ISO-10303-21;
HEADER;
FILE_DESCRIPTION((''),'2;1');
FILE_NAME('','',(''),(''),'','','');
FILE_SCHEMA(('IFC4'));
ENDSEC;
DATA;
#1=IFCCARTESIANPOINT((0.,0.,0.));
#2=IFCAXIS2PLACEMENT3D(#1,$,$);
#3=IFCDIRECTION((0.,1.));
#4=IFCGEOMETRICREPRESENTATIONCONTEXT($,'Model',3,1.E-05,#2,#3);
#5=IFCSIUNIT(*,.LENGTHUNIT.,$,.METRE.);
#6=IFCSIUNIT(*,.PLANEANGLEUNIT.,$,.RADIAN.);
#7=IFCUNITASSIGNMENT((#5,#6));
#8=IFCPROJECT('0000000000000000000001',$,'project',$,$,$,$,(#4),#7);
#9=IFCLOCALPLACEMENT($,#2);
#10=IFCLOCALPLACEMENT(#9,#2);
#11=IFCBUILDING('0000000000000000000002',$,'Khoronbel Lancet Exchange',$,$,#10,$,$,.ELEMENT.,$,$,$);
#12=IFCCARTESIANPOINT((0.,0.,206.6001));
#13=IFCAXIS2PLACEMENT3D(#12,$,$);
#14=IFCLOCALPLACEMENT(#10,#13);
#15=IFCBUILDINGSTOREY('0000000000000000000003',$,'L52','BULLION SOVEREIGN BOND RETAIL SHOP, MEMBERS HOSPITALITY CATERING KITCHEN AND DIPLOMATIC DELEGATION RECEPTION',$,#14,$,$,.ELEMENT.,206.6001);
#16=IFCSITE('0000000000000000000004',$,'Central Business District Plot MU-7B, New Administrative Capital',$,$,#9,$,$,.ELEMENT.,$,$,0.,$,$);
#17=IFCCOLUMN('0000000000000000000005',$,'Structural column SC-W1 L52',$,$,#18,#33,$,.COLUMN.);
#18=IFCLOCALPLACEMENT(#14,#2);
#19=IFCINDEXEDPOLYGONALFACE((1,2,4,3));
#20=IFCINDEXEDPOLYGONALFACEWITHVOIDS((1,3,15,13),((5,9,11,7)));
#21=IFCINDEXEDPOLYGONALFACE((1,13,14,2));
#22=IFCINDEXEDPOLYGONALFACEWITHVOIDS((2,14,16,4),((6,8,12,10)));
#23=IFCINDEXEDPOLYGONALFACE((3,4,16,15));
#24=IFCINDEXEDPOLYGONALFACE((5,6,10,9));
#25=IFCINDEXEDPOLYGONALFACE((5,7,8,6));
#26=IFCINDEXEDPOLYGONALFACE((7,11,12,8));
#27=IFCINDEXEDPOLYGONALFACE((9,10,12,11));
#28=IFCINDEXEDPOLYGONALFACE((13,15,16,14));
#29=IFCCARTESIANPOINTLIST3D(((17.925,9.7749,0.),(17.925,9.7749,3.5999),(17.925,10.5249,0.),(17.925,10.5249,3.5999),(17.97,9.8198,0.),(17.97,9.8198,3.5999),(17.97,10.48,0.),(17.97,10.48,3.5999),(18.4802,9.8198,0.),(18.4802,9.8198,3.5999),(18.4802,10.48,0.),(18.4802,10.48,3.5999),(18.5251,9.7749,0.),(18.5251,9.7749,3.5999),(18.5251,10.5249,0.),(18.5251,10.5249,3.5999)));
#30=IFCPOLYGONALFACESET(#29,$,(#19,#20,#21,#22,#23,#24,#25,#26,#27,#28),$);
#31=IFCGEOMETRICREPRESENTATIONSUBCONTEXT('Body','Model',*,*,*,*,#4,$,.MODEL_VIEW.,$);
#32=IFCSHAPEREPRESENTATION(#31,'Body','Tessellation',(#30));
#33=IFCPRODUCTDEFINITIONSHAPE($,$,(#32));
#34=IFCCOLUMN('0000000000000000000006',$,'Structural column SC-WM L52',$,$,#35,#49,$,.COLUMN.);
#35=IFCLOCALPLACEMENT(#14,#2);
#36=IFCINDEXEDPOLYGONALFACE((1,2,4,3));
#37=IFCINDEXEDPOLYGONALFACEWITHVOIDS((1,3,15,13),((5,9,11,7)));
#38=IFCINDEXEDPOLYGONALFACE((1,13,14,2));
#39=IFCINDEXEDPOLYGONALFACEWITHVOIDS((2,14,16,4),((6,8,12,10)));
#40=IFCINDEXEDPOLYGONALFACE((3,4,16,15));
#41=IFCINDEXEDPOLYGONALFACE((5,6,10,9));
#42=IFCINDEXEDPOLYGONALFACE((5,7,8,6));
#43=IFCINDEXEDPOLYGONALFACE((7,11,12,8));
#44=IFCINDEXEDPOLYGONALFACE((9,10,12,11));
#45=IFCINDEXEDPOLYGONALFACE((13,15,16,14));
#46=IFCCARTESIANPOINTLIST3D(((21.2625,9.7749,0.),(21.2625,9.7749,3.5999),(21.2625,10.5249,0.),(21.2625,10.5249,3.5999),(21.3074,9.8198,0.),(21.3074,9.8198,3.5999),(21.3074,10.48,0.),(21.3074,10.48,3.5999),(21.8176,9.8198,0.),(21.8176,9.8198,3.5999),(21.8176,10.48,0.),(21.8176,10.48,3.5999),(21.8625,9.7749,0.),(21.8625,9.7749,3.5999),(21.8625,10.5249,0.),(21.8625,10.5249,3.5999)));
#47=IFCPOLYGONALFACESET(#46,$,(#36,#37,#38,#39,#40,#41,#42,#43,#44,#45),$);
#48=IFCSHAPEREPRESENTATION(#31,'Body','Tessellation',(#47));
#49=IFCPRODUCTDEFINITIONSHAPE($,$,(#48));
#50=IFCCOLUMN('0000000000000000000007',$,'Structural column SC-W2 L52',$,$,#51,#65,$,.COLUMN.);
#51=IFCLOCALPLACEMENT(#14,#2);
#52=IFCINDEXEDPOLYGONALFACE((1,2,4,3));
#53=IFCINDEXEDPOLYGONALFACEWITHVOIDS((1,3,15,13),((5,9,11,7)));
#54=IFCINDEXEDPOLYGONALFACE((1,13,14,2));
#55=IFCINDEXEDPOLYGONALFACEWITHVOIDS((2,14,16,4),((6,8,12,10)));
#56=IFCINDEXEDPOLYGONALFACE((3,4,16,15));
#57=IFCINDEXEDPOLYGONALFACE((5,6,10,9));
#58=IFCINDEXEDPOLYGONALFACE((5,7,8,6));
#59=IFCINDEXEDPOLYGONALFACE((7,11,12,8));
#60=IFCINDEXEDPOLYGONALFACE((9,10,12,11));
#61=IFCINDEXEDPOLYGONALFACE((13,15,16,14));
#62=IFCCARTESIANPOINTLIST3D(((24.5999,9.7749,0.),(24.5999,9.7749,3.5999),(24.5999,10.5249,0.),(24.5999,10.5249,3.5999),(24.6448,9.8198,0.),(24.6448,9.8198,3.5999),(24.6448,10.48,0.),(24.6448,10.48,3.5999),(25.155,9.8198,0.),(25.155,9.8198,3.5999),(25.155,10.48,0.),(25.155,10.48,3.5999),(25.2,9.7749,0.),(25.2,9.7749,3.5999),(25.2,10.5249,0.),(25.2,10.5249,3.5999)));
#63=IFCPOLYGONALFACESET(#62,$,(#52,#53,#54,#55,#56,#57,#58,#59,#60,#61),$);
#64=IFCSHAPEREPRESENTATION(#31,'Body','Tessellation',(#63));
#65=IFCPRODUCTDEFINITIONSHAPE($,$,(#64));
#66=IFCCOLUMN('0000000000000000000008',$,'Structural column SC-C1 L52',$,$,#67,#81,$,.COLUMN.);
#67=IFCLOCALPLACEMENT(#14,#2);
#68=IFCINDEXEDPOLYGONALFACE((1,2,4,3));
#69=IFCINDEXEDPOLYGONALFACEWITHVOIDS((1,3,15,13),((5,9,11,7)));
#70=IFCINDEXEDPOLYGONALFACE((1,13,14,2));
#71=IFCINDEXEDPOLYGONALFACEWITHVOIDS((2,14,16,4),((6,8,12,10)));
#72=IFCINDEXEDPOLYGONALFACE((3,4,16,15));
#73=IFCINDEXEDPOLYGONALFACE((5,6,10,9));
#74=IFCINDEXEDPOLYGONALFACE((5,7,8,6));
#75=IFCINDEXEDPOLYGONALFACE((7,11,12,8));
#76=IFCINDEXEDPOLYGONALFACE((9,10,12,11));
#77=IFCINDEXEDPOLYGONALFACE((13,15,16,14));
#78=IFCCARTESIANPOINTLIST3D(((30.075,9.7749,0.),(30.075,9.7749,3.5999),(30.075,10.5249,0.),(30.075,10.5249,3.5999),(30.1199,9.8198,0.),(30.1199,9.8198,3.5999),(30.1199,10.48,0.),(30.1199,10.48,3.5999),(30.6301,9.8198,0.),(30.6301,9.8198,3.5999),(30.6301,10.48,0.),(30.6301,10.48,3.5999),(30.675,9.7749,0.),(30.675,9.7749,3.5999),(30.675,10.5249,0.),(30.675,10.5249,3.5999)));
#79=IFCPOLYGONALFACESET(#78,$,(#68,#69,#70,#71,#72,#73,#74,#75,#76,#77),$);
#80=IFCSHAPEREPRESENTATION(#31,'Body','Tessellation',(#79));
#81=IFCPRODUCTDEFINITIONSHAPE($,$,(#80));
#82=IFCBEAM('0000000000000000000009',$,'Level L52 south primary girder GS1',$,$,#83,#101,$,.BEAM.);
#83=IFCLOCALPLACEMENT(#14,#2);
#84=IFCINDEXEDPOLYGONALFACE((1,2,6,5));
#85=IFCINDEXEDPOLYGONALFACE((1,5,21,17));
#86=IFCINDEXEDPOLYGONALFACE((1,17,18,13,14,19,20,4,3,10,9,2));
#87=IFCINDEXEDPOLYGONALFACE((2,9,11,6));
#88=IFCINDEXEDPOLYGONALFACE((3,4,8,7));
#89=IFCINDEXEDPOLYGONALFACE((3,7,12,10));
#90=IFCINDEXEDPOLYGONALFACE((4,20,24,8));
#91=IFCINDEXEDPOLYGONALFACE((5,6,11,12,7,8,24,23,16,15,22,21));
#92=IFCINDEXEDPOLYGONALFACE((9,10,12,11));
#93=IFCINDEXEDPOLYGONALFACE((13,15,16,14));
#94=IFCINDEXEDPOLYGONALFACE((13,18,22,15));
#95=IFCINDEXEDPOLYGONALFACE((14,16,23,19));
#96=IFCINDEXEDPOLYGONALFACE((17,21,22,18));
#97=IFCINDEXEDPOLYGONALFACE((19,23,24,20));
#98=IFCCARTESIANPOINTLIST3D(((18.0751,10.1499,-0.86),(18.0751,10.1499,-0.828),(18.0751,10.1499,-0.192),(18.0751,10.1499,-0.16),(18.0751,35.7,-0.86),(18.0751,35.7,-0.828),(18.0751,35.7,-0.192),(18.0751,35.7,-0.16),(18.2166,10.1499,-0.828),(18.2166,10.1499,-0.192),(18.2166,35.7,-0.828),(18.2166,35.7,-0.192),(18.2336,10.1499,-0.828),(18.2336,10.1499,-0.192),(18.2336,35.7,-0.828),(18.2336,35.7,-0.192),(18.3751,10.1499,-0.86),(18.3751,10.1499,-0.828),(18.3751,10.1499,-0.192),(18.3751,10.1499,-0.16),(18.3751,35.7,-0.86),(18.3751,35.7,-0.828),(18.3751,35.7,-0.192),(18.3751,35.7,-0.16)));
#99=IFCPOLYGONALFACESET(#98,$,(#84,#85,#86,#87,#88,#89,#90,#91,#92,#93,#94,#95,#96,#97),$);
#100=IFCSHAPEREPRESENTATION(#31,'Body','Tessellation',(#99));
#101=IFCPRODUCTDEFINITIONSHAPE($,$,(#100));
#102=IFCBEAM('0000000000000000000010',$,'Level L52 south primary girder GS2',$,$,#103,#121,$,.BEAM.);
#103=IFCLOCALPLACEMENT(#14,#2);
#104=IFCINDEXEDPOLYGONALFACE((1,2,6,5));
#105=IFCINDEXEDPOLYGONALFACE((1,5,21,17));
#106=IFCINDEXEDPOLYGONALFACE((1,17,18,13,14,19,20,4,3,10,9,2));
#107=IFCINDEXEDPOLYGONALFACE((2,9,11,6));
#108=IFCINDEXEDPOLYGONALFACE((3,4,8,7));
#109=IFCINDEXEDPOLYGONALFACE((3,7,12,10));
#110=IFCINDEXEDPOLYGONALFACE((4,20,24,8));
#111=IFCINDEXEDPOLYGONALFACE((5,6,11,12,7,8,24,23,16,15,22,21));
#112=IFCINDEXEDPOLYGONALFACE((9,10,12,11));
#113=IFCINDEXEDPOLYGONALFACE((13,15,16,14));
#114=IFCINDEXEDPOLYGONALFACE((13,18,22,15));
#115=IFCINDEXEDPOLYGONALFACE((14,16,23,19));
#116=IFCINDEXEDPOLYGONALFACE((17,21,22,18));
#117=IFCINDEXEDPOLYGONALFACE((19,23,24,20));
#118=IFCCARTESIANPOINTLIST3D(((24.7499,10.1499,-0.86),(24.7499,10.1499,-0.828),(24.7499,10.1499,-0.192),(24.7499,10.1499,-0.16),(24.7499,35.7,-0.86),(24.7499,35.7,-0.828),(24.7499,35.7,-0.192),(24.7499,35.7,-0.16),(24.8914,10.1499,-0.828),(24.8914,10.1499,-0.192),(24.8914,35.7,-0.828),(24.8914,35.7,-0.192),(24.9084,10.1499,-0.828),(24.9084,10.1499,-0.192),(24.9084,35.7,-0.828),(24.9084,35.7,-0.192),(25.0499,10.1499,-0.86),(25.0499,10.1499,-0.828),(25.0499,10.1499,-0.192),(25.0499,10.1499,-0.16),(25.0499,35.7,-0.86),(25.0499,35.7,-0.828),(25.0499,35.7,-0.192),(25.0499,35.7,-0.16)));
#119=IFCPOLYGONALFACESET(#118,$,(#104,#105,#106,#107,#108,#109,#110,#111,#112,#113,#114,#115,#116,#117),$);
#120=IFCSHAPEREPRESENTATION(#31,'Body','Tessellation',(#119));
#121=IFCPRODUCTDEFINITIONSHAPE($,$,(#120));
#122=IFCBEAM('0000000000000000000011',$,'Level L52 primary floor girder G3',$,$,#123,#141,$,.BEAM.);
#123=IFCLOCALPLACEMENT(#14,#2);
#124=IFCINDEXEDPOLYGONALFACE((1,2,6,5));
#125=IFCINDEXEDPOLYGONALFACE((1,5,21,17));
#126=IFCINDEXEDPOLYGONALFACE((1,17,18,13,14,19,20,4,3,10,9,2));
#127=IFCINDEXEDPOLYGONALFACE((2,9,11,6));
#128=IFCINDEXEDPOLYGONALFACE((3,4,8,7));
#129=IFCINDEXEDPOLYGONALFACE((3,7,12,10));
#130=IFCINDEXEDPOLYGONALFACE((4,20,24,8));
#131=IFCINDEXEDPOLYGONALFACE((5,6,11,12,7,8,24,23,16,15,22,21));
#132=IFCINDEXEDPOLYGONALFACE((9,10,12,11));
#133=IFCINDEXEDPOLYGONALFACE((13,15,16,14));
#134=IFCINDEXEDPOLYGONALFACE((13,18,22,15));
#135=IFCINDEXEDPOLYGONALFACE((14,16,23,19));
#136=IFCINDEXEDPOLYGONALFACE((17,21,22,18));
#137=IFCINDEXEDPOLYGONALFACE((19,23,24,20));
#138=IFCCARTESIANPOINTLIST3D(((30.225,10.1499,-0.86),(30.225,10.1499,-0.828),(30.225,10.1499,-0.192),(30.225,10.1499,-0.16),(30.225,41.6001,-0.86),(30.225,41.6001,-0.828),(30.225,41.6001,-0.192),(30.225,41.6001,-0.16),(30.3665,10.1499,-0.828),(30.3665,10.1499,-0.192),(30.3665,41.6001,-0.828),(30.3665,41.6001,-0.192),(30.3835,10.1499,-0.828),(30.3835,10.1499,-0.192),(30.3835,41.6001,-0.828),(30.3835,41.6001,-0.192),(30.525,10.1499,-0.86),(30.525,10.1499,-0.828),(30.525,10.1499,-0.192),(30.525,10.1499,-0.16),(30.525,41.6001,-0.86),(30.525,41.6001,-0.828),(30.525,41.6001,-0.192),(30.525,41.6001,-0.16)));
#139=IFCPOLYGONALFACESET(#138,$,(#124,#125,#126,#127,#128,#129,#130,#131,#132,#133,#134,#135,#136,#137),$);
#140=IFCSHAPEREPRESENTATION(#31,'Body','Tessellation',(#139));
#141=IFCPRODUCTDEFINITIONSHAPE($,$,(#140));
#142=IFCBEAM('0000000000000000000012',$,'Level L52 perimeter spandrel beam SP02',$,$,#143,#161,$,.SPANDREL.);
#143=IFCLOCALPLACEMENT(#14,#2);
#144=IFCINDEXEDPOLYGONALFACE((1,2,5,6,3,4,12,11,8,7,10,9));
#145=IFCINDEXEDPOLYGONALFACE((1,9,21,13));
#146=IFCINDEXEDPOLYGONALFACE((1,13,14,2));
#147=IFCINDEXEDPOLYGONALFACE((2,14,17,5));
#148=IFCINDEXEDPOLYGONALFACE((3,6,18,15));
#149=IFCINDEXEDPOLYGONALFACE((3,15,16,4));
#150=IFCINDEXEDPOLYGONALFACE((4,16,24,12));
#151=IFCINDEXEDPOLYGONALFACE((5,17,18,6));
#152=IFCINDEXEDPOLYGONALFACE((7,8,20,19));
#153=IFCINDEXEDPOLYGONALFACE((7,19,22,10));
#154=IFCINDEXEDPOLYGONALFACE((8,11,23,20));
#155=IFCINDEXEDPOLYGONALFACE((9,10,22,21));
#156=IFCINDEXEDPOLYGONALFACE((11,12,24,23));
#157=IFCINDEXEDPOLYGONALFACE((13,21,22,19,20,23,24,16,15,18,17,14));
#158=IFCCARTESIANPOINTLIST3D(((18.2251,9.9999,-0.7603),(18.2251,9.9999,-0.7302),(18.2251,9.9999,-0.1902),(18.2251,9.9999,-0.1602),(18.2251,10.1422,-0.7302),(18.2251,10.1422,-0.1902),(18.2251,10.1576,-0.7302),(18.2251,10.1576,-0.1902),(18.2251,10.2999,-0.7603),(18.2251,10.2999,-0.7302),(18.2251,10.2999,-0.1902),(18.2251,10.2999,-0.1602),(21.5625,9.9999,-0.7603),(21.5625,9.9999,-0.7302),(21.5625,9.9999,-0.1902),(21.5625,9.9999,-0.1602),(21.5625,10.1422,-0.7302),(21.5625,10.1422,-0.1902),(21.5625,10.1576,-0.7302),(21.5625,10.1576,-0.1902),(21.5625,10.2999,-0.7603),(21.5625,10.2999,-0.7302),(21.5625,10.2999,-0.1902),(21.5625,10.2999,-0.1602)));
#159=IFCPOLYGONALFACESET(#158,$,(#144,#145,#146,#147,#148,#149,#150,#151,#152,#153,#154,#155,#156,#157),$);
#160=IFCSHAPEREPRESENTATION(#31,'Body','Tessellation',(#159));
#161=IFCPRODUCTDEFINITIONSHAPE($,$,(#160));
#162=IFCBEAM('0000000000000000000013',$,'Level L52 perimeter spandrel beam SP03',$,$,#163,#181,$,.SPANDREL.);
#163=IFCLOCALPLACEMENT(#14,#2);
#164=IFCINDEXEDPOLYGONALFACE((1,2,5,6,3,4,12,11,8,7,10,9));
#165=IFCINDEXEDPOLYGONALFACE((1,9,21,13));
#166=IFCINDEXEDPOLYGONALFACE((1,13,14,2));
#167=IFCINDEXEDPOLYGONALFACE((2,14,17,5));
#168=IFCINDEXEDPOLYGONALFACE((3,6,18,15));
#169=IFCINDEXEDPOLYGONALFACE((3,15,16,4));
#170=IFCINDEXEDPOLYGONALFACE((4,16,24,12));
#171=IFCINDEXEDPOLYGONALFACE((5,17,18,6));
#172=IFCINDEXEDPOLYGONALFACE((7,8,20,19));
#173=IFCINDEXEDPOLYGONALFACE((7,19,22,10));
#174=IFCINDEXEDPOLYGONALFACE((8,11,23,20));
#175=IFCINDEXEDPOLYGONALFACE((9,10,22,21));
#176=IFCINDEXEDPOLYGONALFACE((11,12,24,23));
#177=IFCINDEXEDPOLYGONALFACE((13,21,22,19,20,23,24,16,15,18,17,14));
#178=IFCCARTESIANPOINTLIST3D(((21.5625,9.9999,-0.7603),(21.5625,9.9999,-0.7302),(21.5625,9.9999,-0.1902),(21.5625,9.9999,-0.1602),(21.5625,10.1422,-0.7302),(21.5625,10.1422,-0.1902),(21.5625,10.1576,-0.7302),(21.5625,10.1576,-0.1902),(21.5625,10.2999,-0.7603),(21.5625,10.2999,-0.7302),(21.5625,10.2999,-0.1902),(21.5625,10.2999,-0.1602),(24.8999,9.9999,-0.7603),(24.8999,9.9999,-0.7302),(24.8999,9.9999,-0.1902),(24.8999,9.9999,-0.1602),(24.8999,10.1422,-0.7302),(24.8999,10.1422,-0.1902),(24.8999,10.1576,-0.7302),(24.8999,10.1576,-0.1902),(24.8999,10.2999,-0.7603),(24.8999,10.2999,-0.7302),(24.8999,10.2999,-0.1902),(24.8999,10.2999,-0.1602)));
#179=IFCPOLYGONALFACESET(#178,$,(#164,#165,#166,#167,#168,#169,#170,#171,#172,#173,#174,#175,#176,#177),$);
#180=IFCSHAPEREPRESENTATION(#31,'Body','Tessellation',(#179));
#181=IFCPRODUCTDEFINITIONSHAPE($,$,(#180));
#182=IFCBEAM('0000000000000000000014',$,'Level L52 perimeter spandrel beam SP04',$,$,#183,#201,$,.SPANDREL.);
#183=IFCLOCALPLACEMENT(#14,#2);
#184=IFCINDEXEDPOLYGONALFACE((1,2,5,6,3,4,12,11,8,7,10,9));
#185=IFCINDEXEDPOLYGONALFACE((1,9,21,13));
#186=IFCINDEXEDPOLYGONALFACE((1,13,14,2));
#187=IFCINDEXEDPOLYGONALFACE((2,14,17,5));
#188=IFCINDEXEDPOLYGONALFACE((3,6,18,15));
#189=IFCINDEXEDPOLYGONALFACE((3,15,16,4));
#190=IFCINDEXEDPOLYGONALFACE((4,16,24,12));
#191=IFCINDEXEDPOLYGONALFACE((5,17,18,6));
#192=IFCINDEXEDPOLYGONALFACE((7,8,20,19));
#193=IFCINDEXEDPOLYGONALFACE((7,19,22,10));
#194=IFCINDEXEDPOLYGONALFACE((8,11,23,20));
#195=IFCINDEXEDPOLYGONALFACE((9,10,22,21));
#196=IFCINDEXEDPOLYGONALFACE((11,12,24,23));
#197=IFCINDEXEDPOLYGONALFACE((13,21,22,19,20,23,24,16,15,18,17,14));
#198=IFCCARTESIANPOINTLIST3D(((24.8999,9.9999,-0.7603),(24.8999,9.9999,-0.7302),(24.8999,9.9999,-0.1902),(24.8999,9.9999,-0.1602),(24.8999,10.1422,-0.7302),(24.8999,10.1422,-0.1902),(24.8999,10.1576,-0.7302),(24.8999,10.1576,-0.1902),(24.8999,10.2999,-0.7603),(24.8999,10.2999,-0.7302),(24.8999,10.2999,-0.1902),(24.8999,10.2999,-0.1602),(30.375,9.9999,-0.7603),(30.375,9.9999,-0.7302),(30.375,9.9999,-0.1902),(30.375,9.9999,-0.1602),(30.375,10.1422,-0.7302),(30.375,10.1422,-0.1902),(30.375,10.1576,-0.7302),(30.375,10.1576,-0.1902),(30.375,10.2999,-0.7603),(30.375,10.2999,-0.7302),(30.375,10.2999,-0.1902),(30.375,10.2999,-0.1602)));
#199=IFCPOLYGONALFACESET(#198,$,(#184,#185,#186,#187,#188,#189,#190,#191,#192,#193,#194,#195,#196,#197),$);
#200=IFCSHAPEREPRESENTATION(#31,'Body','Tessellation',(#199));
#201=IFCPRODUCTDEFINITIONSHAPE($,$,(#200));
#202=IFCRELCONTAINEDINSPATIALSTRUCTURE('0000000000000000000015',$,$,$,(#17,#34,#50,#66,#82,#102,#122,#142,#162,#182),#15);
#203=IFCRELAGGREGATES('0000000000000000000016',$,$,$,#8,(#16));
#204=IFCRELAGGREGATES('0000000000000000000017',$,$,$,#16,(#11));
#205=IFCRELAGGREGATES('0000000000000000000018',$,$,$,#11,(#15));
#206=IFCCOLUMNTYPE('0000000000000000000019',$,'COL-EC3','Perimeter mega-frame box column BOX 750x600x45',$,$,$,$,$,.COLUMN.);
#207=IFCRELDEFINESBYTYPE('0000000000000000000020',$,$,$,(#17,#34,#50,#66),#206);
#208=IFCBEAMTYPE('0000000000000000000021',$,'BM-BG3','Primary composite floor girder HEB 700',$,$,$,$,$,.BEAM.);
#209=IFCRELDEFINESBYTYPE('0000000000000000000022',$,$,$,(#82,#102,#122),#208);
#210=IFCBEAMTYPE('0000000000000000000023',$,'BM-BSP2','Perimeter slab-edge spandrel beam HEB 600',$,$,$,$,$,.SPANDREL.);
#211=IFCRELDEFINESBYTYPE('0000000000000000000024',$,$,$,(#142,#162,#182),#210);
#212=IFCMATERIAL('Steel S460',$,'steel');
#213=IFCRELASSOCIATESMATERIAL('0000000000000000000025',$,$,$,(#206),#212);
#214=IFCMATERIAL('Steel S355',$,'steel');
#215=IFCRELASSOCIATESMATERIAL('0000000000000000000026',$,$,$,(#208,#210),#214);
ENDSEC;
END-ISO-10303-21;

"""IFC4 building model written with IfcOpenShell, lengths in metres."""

from ifc_helpers import new_model, si_unit, direction, frame, origin, origin_2d, place, context, subcontext, project, spatial, hollow_rectangle, i_section, extrude, material, material_profile, profile_set, type_object, element, save


model = new_model("IFC4")

# Units and contexts
model_context = context("Model", 3, precision=1e-05, world=origin(), true_north=direction((0.0, 1.0)))
body_context = subcontext(model_context, "Body", "Model", "MODEL_VIEW")
ifc_project = project(units=[si_unit("LENGTHUNIT", "METRE"), si_unit("PLANEANGLEUNIT", "RADIAN")], contexts=[model_context])

# Site, building, storey
site_placement = place(None, origin())
site = spatial("IfcSite", under=ifc_project, at=site_placement, Name="Central Business District Plot MU-7B, New Administrative Capital", CompositionType="ELEMENT", RefElevation=0.0)
building_placement = place(site_placement, origin())
building = spatial("IfcBuilding", under=site, at=building_placement, Name="Khoronbel Lancet Exchange", CompositionType="ELEMENT")
storey_placement = place(building_placement, frame((0.0, 0.0, 206.6001)))
storey = spatial("IfcBuildingStorey", under=building, at=storey_placement, Name="L52", Description="BULLION SOVEREIGN BOND RETAIL SHOP, MEMBERS HOSPITALITY CATERING KITCHEN AND DIPLOMATIC DELEGATION RECEPTION", CompositionType="ELEMENT", Elevation=206.6001)

# Columns
ifc_material_1 = material(Name="Steel S460", Category="steel")
ifc_material_profile_1 = material_profile(ifc_material_1, hollow_rectangle(XDim=0.6001, YDim=0.75, WallThickness=0.0449, at=origin_2d()), Name="BOX 750x600x45")
ifc_profile_set_1 = profile_set([ifc_material_profile_1], Name="Steel S460")
column_type = type_object("IfcColumnType", Name="COL-EC3", Description="Perimeter mega-frame box column BOX 750x600x45", PredefinedType="COLUMN", material=ifc_profile_set_1)
for number, where, z_axis, x_axis, name in (
    (1, (18.2251, 10.1499, 0.0), (0.0, 0.0, 1.0), (1.0, 0.0, 0.0), "Structural column SC-W1 L52"),
    (2, (21.5625, 10.1499, 0.0), (0.0, 0.0, 1.0), (1.0, 0.0, 0.0), "Structural column SC-WM L52"),
    (3, (24.8999, 10.1499, 0.0), (0.0, 0.0, 1.0), (1.0, 0.0, 0.0), "Structural column SC-W2 L52"),
    (4, (30.375, 10.1499, 0.0), (0.0, 0.0, 1.0), (1.0, 0.0, 0.0), "Structural column SC-C1 L52"),
):
    element("IfcColumn", number, at=place(storey_placement, frame(where, z_axis=z_axis, x_axis=x_axis)), inside=storey, type_object=column_type, Name=name, PredefinedType="COLUMN", context=body_context, shape_type="SweptSolid", body=[
        extrude(hollow_rectangle(XDim=0.6001, YDim=0.75, WallThickness=0.0449, at=origin_2d()), origin(), (0.0, 0.0, 1.0), 3.5999),
    ])

# Beams
ifc_material_2 = material(Name="Steel S355", Category="steel")
ifc_material_profile_2 = material_profile(ifc_material_2, i_section(OverallWidth=0.3, OverallDepth=0.7, WebThickness=0.0171, FlangeThickness=0.032, at=origin_2d()), Name="HEB 700")
ifc_profile_set_2 = profile_set([ifc_material_profile_2], Name="Steel S355")
beam_type_1 = type_object("IfcBeamType", Name="BM-BG3", Description="Primary composite floor girder HEB 700", PredefinedType="BEAM", material=ifc_profile_set_2)
for number, where, z_axis, x_axis, name in (
    (5, (18.2251, 10.1499, -0.51), (0.0, 1.0, 0.0), (-1.0, 0.0, 0.0), "Level L52 south primary girder GS1"),
    (6, (24.8999, 10.1499, -0.51), (0.0, 1.0, 0.0), (-1.0, 0.0, 0.0), "Level L52 south primary girder GS2"),
):
    element("IfcBeam", number, at=place(storey_placement, frame(where, z_axis=z_axis, x_axis=x_axis)), inside=storey, type_object=beam_type_1, Name=name, PredefinedType="BEAM", context=body_context, shape_type="SweptSolid", body=[
        extrude(i_section(OverallWidth=0.3, OverallDepth=0.7, WebThickness=0.0171, FlangeThickness=0.032, at=origin_2d()), origin(), (0.0, 0.0, 1.0), 25.55),
    ])
beam_1_placement = place(storey_placement, frame((30.375, 10.1499, -0.51), z_axis=(0.0, 1.0, 0.0), x_axis=(-1.0, 0.0, 0.0)))
element("IfcBeam", 7, at=beam_1_placement, inside=storey, type_object=beam_type_1, Name="Level L52 primary floor girder G3", PredefinedType="BEAM", context=body_context, shape_type="SweptSolid", body=[
    extrude(i_section(OverallWidth=0.3, OverallDepth=0.7, WebThickness=0.0171, FlangeThickness=0.032, at=origin_2d()), origin(), (0.0, 0.0, 1.0), 31.4502),
])
ifc_material_profile_3 = material_profile(ifc_material_2, i_section(OverallWidth=0.3, OverallDepth=0.6001, WebThickness=0.0154, FlangeThickness=0.03, at=origin_2d()), Name="HEB 600")
ifc_profile_set_3 = profile_set([ifc_material_profile_3], Name="Steel S355")
beam_type_2 = type_object("IfcBeamType", Name="BM-BSP2", Description="Perimeter slab-edge spandrel beam HEB 600", PredefinedType="SPANDREL", material=ifc_profile_set_3)
for number, where, z_axis, x_axis, name in (
    (8, (18.2251, 10.1499, -0.4602), (1.0, 0.0, 0.0), (0.0, 1.0, 0.0), "Level L52 perimeter spandrel beam SP02"),
    (9, (21.5625, 10.1499, -0.4602), (1.0, 0.0, 0.0), (0.0, 1.0, 0.0), "Level L52 perimeter spandrel beam SP03"),
):
    element("IfcBeam", number, at=place(storey_placement, frame(where, z_axis=z_axis, x_axis=x_axis)), inside=storey, type_object=beam_type_2, Name=name, PredefinedType="SPANDREL", context=body_context, shape_type="SweptSolid", body=[
        extrude(i_section(OverallWidth=0.3, OverallDepth=0.6001, WebThickness=0.0154, FlangeThickness=0.03, at=origin_2d()), origin(), (0.0, 0.0, 1.0), 3.3374),
    ])
beam_2_placement = place(storey_placement, frame((24.8999, 10.1499, -0.4602), z_axis=(1.0, 0.0, 0.0), x_axis=(0.0, 1.0, 0.0)))
element("IfcBeam", 10, at=beam_2_placement, inside=storey, type_object=beam_type_2, Name="Level L52 perimeter spandrel beam SP04", PredefinedType="SPANDREL", context=body_context, shape_type="SweptSolid", body=[
    extrude(i_section(OverallWidth=0.3, OverallDepth=0.6001, WebThickness=0.0154, FlangeThickness=0.03, at=origin_2d()), origin(), (0.0, 0.0, 1.0), 5.4751),
])

save(model, "model.ifc")
